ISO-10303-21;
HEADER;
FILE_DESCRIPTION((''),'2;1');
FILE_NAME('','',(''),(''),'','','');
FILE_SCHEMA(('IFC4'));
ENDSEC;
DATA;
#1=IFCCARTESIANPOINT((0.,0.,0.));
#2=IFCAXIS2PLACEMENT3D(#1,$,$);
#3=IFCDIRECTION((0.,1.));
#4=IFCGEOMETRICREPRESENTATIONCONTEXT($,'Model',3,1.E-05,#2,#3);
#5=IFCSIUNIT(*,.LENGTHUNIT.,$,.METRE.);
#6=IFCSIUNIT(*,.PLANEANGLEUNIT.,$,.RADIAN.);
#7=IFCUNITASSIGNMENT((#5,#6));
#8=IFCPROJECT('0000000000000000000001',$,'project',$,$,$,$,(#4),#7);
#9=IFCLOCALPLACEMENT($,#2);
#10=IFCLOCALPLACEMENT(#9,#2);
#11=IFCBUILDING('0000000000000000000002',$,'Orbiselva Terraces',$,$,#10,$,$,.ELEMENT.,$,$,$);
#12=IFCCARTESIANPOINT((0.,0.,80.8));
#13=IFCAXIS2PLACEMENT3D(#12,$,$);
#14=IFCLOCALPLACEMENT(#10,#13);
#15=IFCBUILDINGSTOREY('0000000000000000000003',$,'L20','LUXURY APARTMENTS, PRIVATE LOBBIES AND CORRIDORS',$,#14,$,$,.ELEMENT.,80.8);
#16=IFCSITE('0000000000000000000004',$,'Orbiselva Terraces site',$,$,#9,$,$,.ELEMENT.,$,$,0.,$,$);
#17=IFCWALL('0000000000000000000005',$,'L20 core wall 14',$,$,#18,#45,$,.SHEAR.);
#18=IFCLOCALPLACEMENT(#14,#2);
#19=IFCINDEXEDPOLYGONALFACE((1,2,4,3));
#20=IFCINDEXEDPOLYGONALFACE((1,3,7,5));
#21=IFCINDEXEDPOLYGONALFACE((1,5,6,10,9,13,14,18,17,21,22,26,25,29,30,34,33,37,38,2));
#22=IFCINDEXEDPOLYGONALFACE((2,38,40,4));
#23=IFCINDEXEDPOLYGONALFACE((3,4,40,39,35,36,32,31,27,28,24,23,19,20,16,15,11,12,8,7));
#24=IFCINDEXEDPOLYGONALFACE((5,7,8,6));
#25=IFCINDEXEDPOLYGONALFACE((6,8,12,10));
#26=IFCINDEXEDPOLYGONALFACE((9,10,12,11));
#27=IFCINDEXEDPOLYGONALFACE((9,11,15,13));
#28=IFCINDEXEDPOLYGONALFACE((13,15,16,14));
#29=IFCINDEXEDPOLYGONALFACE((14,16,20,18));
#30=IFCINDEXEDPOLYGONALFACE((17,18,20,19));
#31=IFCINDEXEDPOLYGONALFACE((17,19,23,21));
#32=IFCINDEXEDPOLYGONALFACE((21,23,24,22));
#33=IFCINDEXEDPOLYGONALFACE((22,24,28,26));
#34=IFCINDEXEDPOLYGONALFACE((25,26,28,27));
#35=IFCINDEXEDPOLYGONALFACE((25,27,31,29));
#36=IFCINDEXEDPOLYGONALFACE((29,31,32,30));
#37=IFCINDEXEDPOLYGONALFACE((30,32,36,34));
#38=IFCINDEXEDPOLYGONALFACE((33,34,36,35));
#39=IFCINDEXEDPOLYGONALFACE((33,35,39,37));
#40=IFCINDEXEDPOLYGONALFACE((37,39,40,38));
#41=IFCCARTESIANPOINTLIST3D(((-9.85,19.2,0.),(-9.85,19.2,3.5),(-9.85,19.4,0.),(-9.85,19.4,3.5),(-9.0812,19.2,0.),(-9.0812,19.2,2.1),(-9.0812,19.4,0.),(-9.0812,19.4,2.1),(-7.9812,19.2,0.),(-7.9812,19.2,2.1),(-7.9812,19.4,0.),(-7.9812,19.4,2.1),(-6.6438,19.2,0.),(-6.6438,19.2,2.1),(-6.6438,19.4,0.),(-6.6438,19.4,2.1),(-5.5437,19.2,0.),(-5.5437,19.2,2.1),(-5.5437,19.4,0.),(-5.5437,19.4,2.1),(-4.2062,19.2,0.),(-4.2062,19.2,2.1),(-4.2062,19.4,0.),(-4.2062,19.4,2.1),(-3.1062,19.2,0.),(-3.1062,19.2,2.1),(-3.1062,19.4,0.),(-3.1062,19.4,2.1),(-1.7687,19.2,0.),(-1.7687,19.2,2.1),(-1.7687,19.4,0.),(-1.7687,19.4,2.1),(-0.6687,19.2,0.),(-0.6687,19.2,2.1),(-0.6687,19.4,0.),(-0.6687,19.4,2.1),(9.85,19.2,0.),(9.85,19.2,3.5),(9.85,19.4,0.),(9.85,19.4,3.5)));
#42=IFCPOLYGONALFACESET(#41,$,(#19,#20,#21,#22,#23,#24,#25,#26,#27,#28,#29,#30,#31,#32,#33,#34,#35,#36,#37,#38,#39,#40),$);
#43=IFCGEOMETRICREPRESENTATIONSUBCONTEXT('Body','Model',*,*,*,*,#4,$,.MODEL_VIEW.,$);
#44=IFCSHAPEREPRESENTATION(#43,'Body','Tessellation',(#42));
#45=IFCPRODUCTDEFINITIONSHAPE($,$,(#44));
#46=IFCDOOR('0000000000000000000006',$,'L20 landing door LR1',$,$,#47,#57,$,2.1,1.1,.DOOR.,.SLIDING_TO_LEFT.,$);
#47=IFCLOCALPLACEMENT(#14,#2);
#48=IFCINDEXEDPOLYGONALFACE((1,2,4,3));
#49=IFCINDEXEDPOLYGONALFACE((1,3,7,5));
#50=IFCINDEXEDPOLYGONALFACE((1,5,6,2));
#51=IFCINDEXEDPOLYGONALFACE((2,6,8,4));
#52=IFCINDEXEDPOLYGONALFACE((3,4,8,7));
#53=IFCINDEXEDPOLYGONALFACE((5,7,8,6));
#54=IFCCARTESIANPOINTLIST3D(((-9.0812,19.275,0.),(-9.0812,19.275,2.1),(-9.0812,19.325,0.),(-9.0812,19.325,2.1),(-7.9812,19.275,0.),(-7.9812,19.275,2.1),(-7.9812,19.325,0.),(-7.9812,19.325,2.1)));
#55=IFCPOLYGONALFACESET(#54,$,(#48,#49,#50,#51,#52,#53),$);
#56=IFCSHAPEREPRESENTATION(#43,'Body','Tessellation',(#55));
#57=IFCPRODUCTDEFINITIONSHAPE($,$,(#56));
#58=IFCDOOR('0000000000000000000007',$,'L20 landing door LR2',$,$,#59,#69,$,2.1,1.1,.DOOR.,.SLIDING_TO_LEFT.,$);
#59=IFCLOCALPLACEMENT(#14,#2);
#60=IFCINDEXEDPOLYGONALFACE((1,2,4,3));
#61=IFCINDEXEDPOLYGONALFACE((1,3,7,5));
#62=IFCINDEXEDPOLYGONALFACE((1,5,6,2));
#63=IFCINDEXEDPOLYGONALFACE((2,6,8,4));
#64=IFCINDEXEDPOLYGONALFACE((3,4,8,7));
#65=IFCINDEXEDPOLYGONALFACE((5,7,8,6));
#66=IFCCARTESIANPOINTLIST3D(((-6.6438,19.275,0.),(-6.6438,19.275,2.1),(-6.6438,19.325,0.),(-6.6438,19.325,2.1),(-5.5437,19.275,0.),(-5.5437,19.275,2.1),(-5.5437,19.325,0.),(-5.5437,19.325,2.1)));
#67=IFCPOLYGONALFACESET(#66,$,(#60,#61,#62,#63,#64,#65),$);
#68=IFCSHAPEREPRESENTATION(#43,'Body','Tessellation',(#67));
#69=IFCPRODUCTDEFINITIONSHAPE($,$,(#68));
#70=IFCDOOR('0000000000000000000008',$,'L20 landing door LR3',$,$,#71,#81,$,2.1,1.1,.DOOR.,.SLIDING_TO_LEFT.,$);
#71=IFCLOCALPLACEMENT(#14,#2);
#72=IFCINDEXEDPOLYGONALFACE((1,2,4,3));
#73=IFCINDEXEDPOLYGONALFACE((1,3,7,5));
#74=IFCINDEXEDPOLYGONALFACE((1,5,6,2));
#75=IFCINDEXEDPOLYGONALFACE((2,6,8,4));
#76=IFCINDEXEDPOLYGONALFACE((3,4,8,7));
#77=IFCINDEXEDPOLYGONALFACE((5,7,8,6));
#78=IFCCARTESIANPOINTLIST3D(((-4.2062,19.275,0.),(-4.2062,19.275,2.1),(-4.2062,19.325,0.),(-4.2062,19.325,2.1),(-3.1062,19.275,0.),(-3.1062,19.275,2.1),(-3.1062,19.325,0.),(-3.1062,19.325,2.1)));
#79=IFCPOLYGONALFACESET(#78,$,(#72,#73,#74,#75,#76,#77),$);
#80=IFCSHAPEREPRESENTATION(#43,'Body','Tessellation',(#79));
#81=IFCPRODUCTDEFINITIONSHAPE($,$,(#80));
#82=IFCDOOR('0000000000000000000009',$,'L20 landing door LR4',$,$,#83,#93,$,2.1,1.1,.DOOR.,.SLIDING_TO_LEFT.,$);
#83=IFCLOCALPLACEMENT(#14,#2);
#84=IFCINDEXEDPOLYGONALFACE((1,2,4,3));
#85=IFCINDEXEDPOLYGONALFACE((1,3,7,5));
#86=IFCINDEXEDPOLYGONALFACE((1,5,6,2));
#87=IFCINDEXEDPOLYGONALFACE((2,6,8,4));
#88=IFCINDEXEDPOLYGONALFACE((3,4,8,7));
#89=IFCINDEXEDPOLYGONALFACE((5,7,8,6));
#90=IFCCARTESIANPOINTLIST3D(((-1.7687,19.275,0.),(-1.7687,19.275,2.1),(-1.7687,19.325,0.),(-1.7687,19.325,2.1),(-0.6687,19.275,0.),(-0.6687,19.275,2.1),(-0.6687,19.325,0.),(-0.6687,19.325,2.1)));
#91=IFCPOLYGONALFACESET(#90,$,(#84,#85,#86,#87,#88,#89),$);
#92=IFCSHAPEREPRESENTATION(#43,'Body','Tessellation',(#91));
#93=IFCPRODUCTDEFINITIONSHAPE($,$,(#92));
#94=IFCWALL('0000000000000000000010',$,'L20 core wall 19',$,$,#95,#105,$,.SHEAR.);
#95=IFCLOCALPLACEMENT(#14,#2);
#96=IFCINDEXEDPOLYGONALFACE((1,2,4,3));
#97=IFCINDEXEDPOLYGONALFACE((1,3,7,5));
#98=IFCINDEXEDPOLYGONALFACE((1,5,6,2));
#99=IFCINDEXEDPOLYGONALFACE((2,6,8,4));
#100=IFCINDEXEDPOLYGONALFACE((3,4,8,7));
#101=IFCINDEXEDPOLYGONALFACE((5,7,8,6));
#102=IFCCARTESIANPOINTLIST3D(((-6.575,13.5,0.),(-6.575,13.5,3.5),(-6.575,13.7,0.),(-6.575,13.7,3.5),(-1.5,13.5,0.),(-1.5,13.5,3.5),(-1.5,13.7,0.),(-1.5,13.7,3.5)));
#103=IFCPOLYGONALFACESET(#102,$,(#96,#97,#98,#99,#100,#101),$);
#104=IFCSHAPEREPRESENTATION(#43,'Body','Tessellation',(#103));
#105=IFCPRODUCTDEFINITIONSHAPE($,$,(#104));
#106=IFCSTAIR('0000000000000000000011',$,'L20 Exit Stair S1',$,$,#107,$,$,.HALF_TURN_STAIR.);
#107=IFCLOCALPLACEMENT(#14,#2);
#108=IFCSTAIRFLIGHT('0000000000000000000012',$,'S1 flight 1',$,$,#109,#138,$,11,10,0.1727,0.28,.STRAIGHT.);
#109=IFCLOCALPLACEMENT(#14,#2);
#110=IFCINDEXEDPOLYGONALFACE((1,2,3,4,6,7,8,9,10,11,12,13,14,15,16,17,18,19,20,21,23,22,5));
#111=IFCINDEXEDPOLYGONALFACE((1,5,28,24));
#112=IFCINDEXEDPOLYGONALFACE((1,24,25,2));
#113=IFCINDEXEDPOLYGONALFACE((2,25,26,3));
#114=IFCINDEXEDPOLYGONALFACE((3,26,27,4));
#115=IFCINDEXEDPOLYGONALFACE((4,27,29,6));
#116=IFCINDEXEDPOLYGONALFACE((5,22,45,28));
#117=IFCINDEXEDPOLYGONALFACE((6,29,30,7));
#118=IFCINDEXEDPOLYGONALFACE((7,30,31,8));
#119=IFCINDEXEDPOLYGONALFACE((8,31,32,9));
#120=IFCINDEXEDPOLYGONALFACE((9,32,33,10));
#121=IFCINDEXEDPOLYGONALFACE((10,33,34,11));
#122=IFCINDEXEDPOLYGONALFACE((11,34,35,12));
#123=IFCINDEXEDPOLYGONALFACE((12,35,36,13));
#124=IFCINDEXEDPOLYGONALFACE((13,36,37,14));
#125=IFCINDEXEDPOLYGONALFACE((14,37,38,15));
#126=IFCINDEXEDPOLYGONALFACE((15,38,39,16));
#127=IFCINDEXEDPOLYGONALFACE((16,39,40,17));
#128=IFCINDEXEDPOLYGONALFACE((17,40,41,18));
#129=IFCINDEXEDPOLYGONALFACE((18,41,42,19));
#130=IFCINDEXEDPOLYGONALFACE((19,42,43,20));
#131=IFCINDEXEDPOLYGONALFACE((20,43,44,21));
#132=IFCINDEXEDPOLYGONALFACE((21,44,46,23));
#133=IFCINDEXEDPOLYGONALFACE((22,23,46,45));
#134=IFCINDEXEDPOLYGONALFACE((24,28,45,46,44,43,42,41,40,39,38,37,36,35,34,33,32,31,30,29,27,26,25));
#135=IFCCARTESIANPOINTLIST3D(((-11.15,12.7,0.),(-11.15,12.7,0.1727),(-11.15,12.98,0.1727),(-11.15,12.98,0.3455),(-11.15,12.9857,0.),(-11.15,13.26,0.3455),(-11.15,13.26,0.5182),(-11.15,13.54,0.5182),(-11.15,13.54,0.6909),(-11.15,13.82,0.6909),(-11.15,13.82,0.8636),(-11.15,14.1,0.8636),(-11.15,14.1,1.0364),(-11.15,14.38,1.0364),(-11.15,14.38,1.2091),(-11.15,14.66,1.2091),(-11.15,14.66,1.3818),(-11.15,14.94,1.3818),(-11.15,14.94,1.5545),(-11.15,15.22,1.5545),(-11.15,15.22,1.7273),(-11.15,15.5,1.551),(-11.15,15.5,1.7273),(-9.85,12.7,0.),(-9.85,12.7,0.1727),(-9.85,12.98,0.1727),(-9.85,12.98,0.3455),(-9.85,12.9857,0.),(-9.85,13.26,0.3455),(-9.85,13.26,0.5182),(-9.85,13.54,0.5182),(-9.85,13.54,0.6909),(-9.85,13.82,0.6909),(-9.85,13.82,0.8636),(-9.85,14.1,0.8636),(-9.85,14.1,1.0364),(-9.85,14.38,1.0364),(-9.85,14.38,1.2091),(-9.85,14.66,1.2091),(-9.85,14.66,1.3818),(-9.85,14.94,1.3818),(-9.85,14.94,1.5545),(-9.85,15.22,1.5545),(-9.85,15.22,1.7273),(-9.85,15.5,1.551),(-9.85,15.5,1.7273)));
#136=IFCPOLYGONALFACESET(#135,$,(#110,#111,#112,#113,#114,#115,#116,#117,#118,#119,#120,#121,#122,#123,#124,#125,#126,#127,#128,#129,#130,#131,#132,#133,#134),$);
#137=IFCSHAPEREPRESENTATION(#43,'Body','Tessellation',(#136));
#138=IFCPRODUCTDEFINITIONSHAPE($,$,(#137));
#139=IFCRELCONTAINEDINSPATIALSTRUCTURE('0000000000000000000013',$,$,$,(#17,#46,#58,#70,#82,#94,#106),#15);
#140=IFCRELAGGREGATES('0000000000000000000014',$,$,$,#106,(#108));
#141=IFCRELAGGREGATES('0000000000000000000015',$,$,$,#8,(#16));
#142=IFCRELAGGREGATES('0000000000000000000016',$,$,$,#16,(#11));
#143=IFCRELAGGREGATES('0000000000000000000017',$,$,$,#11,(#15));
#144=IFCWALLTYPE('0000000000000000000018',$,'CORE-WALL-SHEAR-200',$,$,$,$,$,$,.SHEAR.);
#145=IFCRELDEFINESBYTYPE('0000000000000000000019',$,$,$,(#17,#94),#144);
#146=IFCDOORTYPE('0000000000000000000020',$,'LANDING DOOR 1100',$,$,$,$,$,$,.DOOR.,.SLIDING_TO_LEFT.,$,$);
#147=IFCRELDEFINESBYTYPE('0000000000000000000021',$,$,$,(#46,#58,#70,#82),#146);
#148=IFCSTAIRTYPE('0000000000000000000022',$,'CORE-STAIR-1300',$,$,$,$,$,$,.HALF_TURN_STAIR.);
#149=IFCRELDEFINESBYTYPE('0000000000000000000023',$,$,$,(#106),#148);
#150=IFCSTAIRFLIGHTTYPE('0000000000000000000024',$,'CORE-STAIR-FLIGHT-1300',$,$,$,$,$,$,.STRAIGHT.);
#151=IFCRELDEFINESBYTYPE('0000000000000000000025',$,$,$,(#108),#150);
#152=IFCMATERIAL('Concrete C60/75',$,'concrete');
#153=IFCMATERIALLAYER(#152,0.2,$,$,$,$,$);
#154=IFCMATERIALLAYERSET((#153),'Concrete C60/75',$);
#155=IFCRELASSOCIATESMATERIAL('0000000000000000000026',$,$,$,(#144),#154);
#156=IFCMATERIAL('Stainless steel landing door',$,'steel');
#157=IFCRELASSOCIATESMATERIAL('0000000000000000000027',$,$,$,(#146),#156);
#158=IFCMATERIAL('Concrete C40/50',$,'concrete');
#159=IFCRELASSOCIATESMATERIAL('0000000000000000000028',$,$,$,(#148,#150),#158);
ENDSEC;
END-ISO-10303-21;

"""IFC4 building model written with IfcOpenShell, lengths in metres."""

from ifc_helpers import new_model, si_unit, direction, frame, frame_2d, origin, place, context, subcontext, project, spatial, polyline, rectangle, outline, extrude, material, layer, layer_set, type_object, element, fill, aggregate, save


model = new_model("IFC4")

# Units and contexts
model_context = context("Model", 3, precision=1e-05, world=origin(), true_north=direction((0.0, 1.0)))
body_context = subcontext(model_context, "Body", "Model", "MODEL_VIEW")
ifc_project = project(units=[si_unit("LENGTHUNIT", "METRE"), si_unit("PLANEANGLEUNIT", "RADIAN")], contexts=[model_context])

# Site, building, storey
site_placement = place(None, origin())
site = spatial("IfcSite", under=ifc_project, at=site_placement, Name="Orbiselva Terraces site", CompositionType="ELEMENT", RefElevation=0.0)
building_placement = place(site_placement, origin())
building = spatial("IfcBuilding", under=site, at=building_placement, Name="Orbiselva Terraces", CompositionType="ELEMENT")
storey_placement = place(building_placement, frame((0.0, 0.0, 80.8)))
storey = spatial("IfcBuildingStorey", under=building, at=storey_placement, Name="L20", Description="LUXURY APARTMENTS, PRIVATE LOBBIES AND CORRIDORS", CompositionType="ELEMENT", Elevation=80.8)

# Shared definitions
ifc_material_1 = material(Name="Concrete C40/50", Category="concrete")
ifc_material_2 = material(Name="Concrete C60/75", Category="concrete")
ifc_layer_1 = layer(ifc_material_2, 0.2)
ifc_layer_set_1 = layer_set([ifc_layer_1], Name="Concrete C60/75")
wall_type_1 = type_object("IfcWallType", Name="CORE-WALL-SHEAR-200", PredefinedType="SHEAR", material=ifc_layer_set_1)

# Wall, openings, doors
wall_1_placement = place(storey_placement, frame((-9.85, 19.3, 0.0), z_axis=(0.0, 0.0, 1.0), x_axis=(1.0, 0.0, 0.0)))
wall_1 = element("IfcWall", 1, at=wall_1_placement, inside=storey, type_object=wall_type_1, Name="L20 core wall 14", PredefinedType="SHEAR", context=body_context, shape_type="SweptSolid", body=[
    extrude(rectangle(XDim=19.7, YDim=0.2, at=frame_2d((9.85, 0.0))), origin(), (0.0, 0.0, 1.0), 3.5),
])
opening_1_placement = place(wall_1_placement, frame((0.7688, 0.0, 0.0)))
opening_1 = element("IfcOpeningElement", 2, at=opening_1_placement, cuts=wall_1, PredefinedType="OPENING", context=body_context, shape_type="SweptSolid", body=[
    extrude(rectangle(XDim=1.1, YDim=2.1, at=frame_2d((0.55, 1.05))), frame((0.0, 0.11, 0.0), z_axis=(0.0, -1.0, 0.0), x_axis=(1.0, 0.0, 0.0)), (0.0, 0.0, 1.0), 0.22),
])
opening_2_placement = place(wall_1_placement, frame((3.2062, 0.0, 0.0)))
opening_2 = element("IfcOpeningElement", 3, at=opening_2_placement, cuts=wall_1, PredefinedType="OPENING", context=body_context, shape_type="SweptSolid", body=[
    extrude(rectangle(XDim=1.1, YDim=2.1, at=frame_2d((0.55, 1.05))), frame((0.0, 0.11, 0.0), z_axis=(0.0, -1.0, 0.0), x_axis=(1.0, 0.0, 0.0)), (0.0, 0.0, 1.0), 0.22),
])
opening_3_placement = place(wall_1_placement, frame((5.6437, 0.0, 0.0)))
opening_3 = element("IfcOpeningElement", 4, at=opening_3_placement, cuts=wall_1, PredefinedType="OPENING", context=body_context, shape_type="SweptSolid", body=[
    extrude(rectangle(XDim=1.1, YDim=2.1, at=frame_2d((0.55, 1.05))), frame((0.0, 0.11, 0.0), z_axis=(0.0, -1.0, 0.0), x_axis=(1.0, 0.0, 0.0)), (0.0, 0.0, 1.0), 0.22),
])
opening_4_placement = place(wall_1_placement, frame((8.0813, 0.0, 0.0)))
opening_4 = element("IfcOpeningElement", 5, at=opening_4_placement, cuts=wall_1, PredefinedType="OPENING", context=body_context, shape_type="SweptSolid", body=[
    extrude(rectangle(XDim=1.1, YDim=2.1, at=frame_2d((0.55, 1.05))), frame((0.0, 0.11, 0.0), z_axis=(0.0, -1.0, 0.0), x_axis=(1.0, 0.0, 0.0)), (0.0, 0.0, 1.0), 0.22),
])
ifc_material_3 = material(Name="Stainless steel landing door", Category="steel")
door_type_1 = type_object("IfcDoorType", Name="LANDING DOOR 1100", OperationType="SLIDING_TO_LEFT", PredefinedType="DOOR", material=ifc_material_3)
door_1_placement = place(opening_1_placement, origin())
door_1 = element("IfcDoor", 6, at=door_1_placement, inside=storey, type_object=door_type_1, Name="L20 landing door LR1", OperationType="SLIDING_TO_LEFT", OverallHeight=2.1, OverallWidth=1.1, PredefinedType="DOOR", context=body_context, shape_type="SweptSolid", body=[
    extrude(rectangle(XDim=1.1, YDim=2.1, at=frame_2d((0.55, 1.05))), frame((0.0, 0.025, 0.0), z_axis=(0.0, -1.0, 0.0), x_axis=(1.0, 0.0, 0.0)), (0.0, 0.0, 1.0), 0.05),
])
fill(opening_1, door_1)
door_2_placement = place(opening_2_placement, origin())
door_2 = element("IfcDoor", 7, at=door_2_placement, inside=storey, type_object=door_type_1, Name="L20 landing door LR2", OperationType="SLIDING_TO_LEFT", OverallHeight=2.1, OverallWidth=1.1, PredefinedType="DOOR", context=body_context, shape_type="SweptSolid", body=[
    extrude(rectangle(XDim=1.1, YDim=2.1, at=frame_2d((0.55, 1.05))), frame((0.0, 0.025, 0.0), z_axis=(0.0, -1.0, 0.0), x_axis=(1.0, 0.0, 0.0)), (0.0, 0.0, 1.0), 0.05),
])
fill(opening_2, door_2)
door_3_placement = place(opening_3_placement, origin())
door_3 = element("IfcDoor", 8, at=door_3_placement, inside=storey, type_object=door_type_1, Name="L20 landing door LR3", OperationType="SLIDING_TO_LEFT", OverallHeight=2.1, OverallWidth=1.1, PredefinedType="DOOR", context=body_context, shape_type="SweptSolid", body=[
    extrude(rectangle(XDim=1.1, YDim=2.1, at=frame_2d((0.55, 1.05))), frame((0.0, 0.025, 0.0), z_axis=(0.0, -1.0, 0.0), x_axis=(1.0, 0.0, 0.0)), (0.0, 0.0, 1.0), 0.05),
])
fill(opening_3, door_3)
door_4_placement = place(opening_4_placement, origin())
door_4 = element("IfcDoor", 9, at=door_4_placement, inside=storey, type_object=door_type_1, Name="L20 landing door LR4", OperationType="SLIDING_TO_LEFT", OverallHeight=2.1, OverallWidth=1.1, PredefinedType="DOOR", context=body_context, shape_type="SweptSolid", body=[
    extrude(rectangle(XDim=1.1, YDim=2.1, at=frame_2d((0.55, 1.05))), frame((0.0, 0.025, 0.0), z_axis=(0.0, -1.0, 0.0), x_axis=(1.0, 0.0, 0.0)), (0.0, 0.0, 1.0), 0.05),
])
fill(opening_4, door_4)

# Wall
wall_2_placement = place(storey_placement, frame((-6.575, 13.6, 0.0), z_axis=(0.0, 0.0, 1.0), x_axis=(1.0, 0.0, 0.0)))
element("IfcWall", 10, at=wall_2_placement, inside=storey, type_object=wall_type_1, Name="L20 core wall 19", PredefinedType="SHEAR", context=body_context, shape_type="SweptSolid", body=[
    extrude(rectangle(XDim=5.075, YDim=0.2, at=frame_2d((2.5375, 0.0))), origin(), (0.0, 0.0, 1.0), 3.5),
])

# Stair, stair flight
stair_type = type_object("IfcStairType", Name="CORE-STAIR-1300", PredefinedType="HALF_TURN_STAIR", material=ifc_material_1)
stair_placement = place(storey_placement, origin())
stair = element("IfcStair", 11, at=stair_placement, inside=storey, type_object=stair_type, Name="L20 Exit Stair S1", PredefinedType="HALF_TURN_STAIR")
stair_flight_type = type_object("IfcStairFlightType", Name="CORE-STAIR-FLIGHT-1300", PredefinedType="STRAIGHT", material=ifc_material_1)
stair_flight_placement = place(storey_placement, frame((-10.5, 12.7, 0.0), z_axis=(0.0, 0.0, 1.0), x_axis=(0.0, 1.0, 0.0)))
stair_flight = element("IfcStairFlight", 12, at=stair_flight_placement, type_object=stair_flight_type, Name="S1 flight 1", NumberOfRisers=11, NumberOfTreads=10, PredefinedType="STRAIGHT", RiserHeight=0.1727, TreadLength=0.28, context=body_context, shape_type="SweptSolid", body=[
    extrude(outline(polyline([(0.0, 0.0), (0.0, 0.1727), (0.28, 0.1727), (0.28, 0.3455), (0.56, 0.3455), (0.56, 0.5182), (0.84, 0.5182), (0.84, 0.6909), (1.12, 0.6909), (1.12, 0.8636), (1.4, 0.8636), (1.4, 1.0364), (1.68, 1.0364), (1.68, 1.2091), (1.96, 1.2091), (1.96, 1.3818), (2.24, 1.3818), (2.24, 1.5545), (2.52, 1.5545), (2.52, 1.7273), (2.8, 1.7273), (2.8, 1.9), (2.8, 1.551), (0.2857, 0.0), (0.0, 0.0)])), frame((0.0, 0.65, 0.0), z_axis=(0.0, -1.0, 0.0), x_axis=(1.0, 0.0, 0.0)), (0.0, 0.0, 1.0), 1.3),
])
aggregate(stair, [stair_flight])

save(model, "model.ifc")
